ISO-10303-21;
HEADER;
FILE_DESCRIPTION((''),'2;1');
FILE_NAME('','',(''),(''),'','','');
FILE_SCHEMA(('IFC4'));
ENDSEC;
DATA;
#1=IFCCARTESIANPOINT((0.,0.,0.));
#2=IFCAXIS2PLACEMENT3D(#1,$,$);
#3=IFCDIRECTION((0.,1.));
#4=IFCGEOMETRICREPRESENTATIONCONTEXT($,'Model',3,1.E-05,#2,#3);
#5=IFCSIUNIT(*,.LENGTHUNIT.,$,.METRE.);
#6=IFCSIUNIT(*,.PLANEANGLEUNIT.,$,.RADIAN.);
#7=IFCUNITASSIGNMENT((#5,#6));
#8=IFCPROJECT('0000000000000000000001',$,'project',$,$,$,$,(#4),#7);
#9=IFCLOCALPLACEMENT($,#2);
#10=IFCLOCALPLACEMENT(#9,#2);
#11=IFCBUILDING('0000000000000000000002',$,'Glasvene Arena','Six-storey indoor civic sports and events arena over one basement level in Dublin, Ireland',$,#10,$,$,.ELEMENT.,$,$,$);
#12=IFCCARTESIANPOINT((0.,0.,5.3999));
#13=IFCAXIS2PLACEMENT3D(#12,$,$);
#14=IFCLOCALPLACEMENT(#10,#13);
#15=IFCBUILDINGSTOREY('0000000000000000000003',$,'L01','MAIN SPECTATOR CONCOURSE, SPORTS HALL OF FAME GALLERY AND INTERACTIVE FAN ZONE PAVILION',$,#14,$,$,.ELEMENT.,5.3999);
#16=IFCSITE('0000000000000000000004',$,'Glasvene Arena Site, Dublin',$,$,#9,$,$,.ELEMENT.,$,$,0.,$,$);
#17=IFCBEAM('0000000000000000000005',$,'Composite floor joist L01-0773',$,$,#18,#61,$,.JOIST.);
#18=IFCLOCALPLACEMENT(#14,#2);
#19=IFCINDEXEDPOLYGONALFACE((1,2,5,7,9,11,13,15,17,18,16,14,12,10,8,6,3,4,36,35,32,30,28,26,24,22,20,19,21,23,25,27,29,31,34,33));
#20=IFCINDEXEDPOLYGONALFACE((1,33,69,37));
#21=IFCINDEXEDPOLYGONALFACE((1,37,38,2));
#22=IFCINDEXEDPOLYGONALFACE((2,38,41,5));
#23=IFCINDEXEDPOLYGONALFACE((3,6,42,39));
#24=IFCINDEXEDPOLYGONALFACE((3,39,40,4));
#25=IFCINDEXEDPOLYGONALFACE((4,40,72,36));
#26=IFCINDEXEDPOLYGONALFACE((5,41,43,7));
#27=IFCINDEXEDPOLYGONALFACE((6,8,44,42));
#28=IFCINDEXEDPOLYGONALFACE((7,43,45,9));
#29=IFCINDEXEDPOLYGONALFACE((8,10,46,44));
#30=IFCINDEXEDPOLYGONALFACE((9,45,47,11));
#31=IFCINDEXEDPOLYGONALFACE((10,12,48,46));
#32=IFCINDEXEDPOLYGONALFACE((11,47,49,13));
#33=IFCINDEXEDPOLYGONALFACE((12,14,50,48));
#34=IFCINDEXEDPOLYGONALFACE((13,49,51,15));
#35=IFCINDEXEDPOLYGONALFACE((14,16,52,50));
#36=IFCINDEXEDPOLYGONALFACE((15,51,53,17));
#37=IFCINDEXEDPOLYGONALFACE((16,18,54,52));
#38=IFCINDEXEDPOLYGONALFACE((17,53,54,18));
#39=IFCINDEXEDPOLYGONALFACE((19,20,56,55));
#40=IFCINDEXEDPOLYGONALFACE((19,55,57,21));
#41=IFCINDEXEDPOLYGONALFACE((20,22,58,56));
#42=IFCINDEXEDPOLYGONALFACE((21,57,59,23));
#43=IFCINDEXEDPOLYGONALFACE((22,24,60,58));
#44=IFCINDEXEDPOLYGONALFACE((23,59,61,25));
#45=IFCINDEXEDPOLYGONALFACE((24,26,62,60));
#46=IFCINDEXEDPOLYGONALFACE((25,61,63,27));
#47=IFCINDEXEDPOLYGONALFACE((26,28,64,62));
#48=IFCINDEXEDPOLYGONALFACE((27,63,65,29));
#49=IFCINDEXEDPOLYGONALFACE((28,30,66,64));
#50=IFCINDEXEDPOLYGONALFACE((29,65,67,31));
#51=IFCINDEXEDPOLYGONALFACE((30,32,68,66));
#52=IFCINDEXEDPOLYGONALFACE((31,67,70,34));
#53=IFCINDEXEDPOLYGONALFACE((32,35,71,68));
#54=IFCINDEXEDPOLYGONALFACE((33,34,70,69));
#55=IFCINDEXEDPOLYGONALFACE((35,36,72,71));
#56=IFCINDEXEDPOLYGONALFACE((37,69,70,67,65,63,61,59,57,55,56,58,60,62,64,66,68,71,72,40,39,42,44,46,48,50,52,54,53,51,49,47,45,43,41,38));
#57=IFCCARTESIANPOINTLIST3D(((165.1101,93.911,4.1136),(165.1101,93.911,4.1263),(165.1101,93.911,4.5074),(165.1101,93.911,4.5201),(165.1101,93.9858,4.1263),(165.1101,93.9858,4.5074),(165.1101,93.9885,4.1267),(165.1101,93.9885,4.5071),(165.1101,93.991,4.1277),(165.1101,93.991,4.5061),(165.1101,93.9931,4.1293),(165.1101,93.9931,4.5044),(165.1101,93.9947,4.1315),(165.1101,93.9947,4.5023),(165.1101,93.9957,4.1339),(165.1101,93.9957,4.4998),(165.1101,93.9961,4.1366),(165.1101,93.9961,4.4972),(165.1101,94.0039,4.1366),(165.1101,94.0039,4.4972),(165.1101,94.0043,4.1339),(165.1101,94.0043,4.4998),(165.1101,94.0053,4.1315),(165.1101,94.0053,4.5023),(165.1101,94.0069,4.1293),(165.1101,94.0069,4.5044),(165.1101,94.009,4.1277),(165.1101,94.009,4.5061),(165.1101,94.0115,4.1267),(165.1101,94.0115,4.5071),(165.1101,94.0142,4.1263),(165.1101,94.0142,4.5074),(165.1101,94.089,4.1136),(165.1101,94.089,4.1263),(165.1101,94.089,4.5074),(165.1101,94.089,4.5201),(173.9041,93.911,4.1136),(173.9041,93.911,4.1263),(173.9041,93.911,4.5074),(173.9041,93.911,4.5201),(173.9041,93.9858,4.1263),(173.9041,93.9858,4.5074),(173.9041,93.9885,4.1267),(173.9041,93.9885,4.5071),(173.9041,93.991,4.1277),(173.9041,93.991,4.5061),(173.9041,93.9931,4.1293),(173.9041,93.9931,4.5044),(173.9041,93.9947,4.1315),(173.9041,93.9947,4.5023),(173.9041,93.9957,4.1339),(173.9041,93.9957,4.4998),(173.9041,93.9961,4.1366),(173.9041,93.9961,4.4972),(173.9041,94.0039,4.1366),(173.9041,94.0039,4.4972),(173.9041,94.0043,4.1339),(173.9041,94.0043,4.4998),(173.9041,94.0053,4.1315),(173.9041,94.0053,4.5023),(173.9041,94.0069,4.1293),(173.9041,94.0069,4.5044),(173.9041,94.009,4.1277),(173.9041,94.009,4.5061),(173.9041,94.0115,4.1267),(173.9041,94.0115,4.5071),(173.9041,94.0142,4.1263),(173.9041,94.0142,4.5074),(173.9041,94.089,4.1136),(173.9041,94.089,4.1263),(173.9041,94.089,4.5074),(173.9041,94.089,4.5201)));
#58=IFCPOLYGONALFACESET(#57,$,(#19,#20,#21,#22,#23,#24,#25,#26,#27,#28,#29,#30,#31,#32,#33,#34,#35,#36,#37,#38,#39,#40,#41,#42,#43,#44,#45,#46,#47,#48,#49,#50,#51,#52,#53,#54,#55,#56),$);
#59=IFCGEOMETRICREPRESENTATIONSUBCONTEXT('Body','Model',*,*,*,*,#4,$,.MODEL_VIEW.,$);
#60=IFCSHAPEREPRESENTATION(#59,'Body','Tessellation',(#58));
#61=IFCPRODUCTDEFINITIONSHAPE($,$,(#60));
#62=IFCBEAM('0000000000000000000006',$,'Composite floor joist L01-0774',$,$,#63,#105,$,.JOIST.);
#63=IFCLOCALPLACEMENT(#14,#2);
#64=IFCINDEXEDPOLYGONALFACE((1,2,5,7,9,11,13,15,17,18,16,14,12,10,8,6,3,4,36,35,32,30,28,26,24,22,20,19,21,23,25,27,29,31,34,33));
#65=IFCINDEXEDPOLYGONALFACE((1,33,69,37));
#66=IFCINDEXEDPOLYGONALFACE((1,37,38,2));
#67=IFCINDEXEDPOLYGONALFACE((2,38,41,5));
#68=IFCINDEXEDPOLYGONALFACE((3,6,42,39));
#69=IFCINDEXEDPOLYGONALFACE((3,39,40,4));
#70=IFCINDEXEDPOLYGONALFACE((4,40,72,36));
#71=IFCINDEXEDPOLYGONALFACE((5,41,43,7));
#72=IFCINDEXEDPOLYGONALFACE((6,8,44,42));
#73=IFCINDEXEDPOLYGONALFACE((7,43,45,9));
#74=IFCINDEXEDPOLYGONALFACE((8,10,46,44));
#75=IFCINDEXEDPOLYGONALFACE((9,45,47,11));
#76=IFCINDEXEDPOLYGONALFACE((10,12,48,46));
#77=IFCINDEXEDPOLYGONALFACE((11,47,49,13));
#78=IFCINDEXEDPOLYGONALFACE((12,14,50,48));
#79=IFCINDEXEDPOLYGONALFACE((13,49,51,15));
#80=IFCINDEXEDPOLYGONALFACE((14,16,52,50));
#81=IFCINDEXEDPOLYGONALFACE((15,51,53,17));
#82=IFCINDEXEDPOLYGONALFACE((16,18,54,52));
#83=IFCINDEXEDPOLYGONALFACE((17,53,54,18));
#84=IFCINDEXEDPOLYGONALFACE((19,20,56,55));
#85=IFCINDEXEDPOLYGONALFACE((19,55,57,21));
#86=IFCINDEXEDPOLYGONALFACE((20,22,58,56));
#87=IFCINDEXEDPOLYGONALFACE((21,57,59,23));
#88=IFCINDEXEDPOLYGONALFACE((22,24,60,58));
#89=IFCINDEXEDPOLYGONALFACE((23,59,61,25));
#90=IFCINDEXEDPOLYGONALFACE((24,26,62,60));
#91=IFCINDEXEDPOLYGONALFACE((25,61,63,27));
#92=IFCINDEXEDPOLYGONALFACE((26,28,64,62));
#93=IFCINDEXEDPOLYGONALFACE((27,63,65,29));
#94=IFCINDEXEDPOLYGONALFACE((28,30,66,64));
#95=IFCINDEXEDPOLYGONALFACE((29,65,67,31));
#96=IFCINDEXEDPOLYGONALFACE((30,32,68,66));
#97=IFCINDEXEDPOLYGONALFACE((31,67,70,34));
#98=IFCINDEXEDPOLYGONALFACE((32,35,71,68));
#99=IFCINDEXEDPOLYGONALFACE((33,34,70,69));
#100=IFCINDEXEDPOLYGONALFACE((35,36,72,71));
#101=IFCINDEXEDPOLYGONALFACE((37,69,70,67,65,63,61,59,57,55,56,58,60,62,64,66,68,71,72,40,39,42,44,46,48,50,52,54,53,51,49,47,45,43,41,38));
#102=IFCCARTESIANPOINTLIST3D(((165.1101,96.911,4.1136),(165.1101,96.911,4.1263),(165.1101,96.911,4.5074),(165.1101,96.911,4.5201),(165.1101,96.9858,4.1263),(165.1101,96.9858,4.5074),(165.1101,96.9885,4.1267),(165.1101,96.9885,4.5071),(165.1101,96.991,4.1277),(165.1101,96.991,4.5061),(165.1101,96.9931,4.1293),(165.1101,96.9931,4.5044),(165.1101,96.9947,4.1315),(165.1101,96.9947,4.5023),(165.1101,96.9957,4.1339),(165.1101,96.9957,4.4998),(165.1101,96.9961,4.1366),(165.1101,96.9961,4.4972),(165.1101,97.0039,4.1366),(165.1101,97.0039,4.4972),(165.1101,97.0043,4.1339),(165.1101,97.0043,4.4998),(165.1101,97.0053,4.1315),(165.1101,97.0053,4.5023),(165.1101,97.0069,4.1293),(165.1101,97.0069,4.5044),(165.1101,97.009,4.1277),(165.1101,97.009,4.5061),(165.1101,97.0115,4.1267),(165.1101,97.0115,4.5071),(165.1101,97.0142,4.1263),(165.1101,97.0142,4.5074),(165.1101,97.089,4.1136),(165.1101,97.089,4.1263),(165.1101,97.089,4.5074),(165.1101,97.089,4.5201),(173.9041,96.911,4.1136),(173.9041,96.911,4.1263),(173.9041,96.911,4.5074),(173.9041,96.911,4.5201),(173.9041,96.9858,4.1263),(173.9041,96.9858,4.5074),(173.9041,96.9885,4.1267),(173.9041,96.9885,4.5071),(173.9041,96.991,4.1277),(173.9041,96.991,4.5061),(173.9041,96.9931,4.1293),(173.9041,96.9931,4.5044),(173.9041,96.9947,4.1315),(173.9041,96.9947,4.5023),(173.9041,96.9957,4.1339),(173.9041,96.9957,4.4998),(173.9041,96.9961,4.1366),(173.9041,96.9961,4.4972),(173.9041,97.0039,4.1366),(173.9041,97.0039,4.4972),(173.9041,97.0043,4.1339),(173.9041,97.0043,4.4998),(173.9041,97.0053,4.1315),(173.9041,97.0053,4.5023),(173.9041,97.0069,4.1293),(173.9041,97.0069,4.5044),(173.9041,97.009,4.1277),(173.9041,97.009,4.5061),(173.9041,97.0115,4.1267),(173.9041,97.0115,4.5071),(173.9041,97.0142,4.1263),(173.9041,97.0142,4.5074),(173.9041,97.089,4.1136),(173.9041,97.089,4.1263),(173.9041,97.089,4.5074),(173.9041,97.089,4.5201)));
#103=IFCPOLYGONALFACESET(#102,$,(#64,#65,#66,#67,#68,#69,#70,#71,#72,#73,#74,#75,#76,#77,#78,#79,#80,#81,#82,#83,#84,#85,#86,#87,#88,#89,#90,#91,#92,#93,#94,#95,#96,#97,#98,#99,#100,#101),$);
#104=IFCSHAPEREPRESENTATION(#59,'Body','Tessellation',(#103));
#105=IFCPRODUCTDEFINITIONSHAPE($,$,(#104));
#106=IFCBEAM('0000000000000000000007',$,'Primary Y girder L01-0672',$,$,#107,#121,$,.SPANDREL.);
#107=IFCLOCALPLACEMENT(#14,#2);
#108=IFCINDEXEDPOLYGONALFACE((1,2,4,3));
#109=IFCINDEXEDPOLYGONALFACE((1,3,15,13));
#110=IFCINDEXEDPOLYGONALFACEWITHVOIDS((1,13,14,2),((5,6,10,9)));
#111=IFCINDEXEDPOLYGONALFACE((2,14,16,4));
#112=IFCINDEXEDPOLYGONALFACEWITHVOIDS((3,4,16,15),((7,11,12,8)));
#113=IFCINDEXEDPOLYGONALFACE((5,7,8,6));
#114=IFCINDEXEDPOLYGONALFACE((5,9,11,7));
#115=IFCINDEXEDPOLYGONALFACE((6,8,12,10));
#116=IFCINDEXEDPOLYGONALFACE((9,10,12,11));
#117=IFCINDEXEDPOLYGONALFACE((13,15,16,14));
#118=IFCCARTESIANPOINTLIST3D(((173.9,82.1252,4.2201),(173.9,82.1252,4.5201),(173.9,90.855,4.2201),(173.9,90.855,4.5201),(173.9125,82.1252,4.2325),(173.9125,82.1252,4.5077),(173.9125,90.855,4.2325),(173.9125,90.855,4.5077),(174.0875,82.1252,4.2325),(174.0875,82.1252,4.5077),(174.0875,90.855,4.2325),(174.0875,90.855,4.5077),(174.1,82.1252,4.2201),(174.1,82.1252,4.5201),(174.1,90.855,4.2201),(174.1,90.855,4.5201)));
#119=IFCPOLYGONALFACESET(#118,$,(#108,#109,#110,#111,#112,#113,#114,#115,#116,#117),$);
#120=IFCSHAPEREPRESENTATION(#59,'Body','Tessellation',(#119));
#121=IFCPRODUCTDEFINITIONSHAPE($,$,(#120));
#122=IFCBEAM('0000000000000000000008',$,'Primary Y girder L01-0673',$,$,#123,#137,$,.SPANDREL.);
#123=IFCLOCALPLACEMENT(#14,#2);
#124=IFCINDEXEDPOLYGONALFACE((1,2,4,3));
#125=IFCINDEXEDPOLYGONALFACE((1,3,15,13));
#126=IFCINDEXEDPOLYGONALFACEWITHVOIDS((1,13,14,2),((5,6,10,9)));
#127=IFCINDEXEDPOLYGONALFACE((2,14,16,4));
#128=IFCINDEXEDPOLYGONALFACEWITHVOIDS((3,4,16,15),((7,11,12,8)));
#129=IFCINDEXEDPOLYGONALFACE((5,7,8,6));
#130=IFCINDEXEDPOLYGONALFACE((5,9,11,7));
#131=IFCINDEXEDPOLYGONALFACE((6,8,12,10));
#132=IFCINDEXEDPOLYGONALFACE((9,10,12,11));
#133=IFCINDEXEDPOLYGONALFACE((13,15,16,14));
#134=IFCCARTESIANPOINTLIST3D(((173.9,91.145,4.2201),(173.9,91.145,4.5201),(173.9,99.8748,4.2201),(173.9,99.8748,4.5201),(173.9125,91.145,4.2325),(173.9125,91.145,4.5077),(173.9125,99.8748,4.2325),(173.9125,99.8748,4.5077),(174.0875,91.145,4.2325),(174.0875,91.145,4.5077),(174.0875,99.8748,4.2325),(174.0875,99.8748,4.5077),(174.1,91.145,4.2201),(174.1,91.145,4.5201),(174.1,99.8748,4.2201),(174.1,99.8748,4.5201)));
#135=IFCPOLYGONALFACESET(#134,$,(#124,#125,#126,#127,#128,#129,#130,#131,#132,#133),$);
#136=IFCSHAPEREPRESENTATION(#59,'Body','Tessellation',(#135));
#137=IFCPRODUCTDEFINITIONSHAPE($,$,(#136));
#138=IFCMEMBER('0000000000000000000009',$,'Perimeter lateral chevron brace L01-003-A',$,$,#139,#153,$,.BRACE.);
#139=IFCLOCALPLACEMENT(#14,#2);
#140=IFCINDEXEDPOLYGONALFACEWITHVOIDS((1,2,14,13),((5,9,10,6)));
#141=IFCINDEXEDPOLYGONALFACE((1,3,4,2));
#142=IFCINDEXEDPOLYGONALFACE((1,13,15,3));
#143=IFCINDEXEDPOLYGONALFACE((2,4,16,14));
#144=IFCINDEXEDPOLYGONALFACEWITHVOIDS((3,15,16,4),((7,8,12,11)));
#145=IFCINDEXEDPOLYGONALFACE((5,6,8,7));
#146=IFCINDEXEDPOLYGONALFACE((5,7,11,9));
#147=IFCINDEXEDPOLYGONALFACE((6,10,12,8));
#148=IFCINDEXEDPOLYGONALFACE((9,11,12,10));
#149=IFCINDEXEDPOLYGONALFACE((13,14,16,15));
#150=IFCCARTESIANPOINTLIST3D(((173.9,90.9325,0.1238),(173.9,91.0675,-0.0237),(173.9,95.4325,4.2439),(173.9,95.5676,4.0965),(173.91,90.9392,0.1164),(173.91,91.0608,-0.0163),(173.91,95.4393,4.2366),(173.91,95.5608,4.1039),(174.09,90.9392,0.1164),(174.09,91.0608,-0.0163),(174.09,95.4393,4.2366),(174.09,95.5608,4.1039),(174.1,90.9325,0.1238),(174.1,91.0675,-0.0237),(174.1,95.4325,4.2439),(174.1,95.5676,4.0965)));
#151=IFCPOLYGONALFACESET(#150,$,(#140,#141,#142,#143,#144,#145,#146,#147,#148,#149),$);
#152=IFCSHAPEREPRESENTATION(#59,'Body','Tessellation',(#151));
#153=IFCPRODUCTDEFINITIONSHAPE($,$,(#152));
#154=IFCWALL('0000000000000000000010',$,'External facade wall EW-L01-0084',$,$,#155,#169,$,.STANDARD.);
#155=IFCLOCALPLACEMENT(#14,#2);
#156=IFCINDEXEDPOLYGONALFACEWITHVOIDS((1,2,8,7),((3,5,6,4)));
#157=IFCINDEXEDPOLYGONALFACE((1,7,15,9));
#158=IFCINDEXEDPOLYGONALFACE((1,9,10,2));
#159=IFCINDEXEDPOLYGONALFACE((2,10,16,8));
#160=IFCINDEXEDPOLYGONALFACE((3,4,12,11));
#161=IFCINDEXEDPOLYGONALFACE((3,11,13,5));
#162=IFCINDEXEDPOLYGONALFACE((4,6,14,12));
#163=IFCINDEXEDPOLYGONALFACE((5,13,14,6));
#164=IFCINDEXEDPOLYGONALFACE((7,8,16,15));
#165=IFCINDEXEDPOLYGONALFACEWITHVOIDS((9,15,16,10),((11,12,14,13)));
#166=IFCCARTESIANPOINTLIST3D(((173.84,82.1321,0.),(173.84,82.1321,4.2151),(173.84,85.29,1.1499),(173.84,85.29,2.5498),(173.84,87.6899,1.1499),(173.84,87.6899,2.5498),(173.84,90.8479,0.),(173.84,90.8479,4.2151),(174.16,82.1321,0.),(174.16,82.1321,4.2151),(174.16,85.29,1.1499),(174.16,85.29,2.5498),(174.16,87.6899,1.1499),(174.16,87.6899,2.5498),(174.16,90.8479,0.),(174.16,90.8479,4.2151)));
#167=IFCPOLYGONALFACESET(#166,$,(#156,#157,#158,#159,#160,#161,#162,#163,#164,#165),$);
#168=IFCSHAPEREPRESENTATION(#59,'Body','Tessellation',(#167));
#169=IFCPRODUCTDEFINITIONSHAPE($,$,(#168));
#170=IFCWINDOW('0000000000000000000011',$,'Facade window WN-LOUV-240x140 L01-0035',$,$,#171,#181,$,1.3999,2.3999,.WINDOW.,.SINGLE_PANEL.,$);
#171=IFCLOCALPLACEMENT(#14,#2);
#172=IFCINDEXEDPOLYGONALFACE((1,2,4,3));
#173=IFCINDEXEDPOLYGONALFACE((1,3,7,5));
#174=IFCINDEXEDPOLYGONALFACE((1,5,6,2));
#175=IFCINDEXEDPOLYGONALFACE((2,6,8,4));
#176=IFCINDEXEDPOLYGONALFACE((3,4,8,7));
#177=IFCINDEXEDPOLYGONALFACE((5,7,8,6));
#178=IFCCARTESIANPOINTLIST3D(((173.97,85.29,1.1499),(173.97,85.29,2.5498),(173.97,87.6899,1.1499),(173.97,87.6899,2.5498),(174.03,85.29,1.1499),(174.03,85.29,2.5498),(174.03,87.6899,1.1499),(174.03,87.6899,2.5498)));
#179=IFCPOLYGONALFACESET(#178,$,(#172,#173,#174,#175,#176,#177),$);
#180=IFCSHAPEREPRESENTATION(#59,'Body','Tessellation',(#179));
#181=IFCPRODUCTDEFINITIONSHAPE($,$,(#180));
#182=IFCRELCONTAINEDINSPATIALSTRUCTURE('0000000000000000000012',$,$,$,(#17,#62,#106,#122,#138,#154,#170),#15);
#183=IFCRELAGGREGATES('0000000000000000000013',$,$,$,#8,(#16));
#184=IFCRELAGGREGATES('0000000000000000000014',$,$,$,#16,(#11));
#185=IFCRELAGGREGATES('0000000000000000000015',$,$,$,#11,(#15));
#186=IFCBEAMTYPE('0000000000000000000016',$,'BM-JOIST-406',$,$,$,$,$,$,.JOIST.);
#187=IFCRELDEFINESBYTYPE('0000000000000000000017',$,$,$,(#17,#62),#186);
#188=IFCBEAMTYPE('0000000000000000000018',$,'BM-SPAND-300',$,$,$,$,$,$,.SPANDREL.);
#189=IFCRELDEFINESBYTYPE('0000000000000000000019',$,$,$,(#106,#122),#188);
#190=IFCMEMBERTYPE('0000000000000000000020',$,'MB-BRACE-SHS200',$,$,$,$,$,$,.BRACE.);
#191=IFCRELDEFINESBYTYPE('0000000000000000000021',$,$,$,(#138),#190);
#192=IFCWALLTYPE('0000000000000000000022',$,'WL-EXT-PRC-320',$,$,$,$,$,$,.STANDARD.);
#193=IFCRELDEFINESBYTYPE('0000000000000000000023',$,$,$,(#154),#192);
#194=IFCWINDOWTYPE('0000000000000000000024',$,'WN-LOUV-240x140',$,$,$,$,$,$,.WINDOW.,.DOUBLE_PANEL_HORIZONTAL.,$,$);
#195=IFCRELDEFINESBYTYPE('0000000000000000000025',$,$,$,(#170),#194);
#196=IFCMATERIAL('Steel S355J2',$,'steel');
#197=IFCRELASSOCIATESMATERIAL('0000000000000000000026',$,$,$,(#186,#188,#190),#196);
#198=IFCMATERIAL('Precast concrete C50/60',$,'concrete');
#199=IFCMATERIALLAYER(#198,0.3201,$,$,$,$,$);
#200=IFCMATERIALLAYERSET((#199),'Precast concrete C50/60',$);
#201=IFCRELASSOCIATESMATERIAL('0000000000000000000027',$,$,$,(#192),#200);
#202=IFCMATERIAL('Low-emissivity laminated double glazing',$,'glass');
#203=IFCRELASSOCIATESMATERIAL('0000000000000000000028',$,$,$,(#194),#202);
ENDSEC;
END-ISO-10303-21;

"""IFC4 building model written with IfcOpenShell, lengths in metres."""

from ifc_helpers import new_model, si_unit, direction, frame, frame_2d, origin, origin_2d, place, context, subcontext, project, spatial, rectangle, hollow_rectangle, i_section, extrude, material, layer, layer_set, material_profile, profile_set, type_object, element, fill, save


model = new_model("IFC4")

# Units and contexts
model_context = context("Model", 3, precision=1e-05, world=origin(), true_north=direction((0.0, 1.0)))
body_context = subcontext(model_context, "Body", "Model", "MODEL_VIEW")
ifc_project = project(units=[si_unit("LENGTHUNIT", "METRE"), si_unit("PLANEANGLEUNIT", "RADIAN")], contexts=[model_context])

# Site, building, storey
site_placement = place(None, origin())
site = spatial("IfcSite", under=ifc_project, at=site_placement, Name="Glasvene Arena Site, Dublin", CompositionType="ELEMENT", RefElevation=0.0)
building_placement = place(site_placement, origin())
building = spatial("IfcBuilding", under=site, at=building_placement, Name="Glasvene Arena", Description="Six-storey indoor civic sports and events arena over one basement level in Dublin, Ireland", CompositionType="ELEMENT")
storey_placement = place(building_placement, frame((0.0, 0.0, 5.3999)))
storey = spatial("IfcBuildingStorey", under=building, at=storey_placement, Name="L01", Description="MAIN SPECTATOR CONCOURSE, SPORTS HALL OF FAME GALLERY AND INTERACTIVE FAN ZONE PAVILION", CompositionType="ELEMENT", Elevation=5.3999)

# Shared definitions
ifc_material_1 = material(Name="Steel S355J2", Category="steel")

# Beams
ifc_material_profile_1 = material_profile(ifc_material_1, i_section(OverallWidth=0.178, OverallDepth=0.4065, WebThickness=0.0078, FlangeThickness=0.0127, FilletRadius=0.0103, at=origin_2d()), Name="UKB 406x178x60")
ifc_profile_set_1 = profile_set([ifc_material_profile_1], Name="Steel S355J2")
beam_type_1 = type_object("IfcBeamType", Name="BM-JOIST-406", PredefinedType="JOIST", material=ifc_profile_set_1)
for number, where, z_axis, x_axis, name in (
    (1, (165.1101, 94.0, 4.3169), (1.0, 0.0, 0.0), (0.0, 1.0, 0.0), "Composite floor joist L01-0773"),
    (2, (165.1101, 97.0, 4.3169), (1.0, 0.0, 0.0), (0.0, 1.0, 0.0), "Composite floor joist L01-0774"),
):
    element("IfcBeam", number, at=place(storey_placement, frame(where, z_axis=z_axis, x_axis=x_axis)), inside=storey, type_object=beam_type_1, Name=name, PredefinedType="JOIST", context=body_context, shape_type="SweptSolid", body=[
        extrude(i_section(OverallWidth=0.178, OverallDepth=0.4065, WebThickness=0.0078, FlangeThickness=0.0127, FilletRadius=0.0103, at=origin_2d()), origin(), (0.0, 0.0, 1.0), 8.7939),
    ])
ifc_material_profile_2 = material_profile(ifc_material_1, hollow_rectangle(XDim=0.2, YDim=0.3, WallThickness=0.0125, at=origin_2d()), Name="RHS 300x200x12.5")
ifc_profile_set_2 = profile_set([ifc_material_profile_2], Name="Steel S355J2")
beam_type_2 = type_object("IfcBeamType", Name="BM-SPAND-300", PredefinedType="SPANDREL", material=ifc_profile_set_2)
for number, where, z_axis, x_axis, name in (
    (3, (174.0, 82.1252, 4.3701), (0.0, 1.0, 0.0), (-1.0, 0.0, 0.0), "Primary Y girder L01-0672"),
    (4, (174.0, 91.145, 4.3701), (0.0, 1.0, 0.0), (-1.0, 0.0, 0.0), "Primary Y girder L01-0673"),
):
    element("IfcBeam", number, at=place(storey_placement, frame(where, z_axis=z_axis, x_axis=x_axis)), inside=storey, type_object=beam_type_2, Name=name, PredefinedType="SPANDREL", context=body_context, shape_type="SweptSolid", body=[
        extrude(hollow_rectangle(XDim=0.2, YDim=0.3, WallThickness=0.0125, at=origin_2d()), origin(), (0.0, 0.0, 1.0), 8.7297),
    ])

# Member
ifc_material_profile_3 = material_profile(ifc_material_1, hollow_rectangle(XDim=0.2, YDim=0.2, WallThickness=0.01, at=origin_2d()), Name="SHS 200x200x10.0")
ifc_profile_set_3 = profile_set([ifc_material_profile_3], Name="Steel S355J2")
member_type = type_object("IfcMemberType", Name="MB-BRACE-SHS200", PredefinedType="BRACE", material=ifc_profile_set_3)
member_placement = place(storey_placement, frame((174.0, 91.0, 0.05), z_axis=(0.0, 0.737553, 0.67529), x_axis=(-1.0, 0.0, 0.0)))
element("IfcMember", 5, at=member_placement, inside=storey, type_object=member_type, Name="Perimeter lateral chevron brace L01-003-A", PredefinedType="BRACE", context=body_context, shape_type="SweptSolid", body=[
    extrude(hollow_rectangle(XDim=0.2, YDim=0.2, WallThickness=0.01, at=origin_2d()), origin(), (0.0, 0.0, 1.0), 6.1013),
])

# Wall, opening, window
ifc_material_2 = material(Name="Precast concrete C50/60", Category="concrete")
ifc_layer_1 = layer(ifc_material_2, 0.3201)
ifc_layer_set_1 = layer_set([ifc_layer_1], Name="Precast concrete C50/60")
wall_type_1 = type_object("IfcWallType", Name="WL-EXT-PRC-320", PredefinedType="STANDARD", material=ifc_layer_set_1)
wall_1_placement = place(storey_placement, frame((174.0, 90.8479, 0.0), z_axis=(0.0, 0.0, 1.0), x_axis=(0.0, -1.0, 0.0)))
wall_1 = element("IfcWall", 6, at=wall_1_placement, inside=storey, type_object=wall_type_1, Name="External facade wall EW-L01-0084", PredefinedType="STANDARD", context=body_context, shape_type="SweptSolid", body=[
    extrude(rectangle(XDim=8.7158, YDim=0.3201, at=frame_2d((4.3579, 0.0))), origin(), (0.0, 0.0, 1.0), 4.2151),
])
opening_1_placement = place(wall_1_placement, frame((3.158, 0.0, 1.1499)))
opening_1 = element("IfcOpeningElement", 7, at=opening_1_placement, cuts=wall_1, PredefinedType="OPENING", context=body_context, shape_type="SweptSolid", body=[
    extrude(rectangle(XDim=2.3999, YDim=1.3999, at=frame_2d((1.2, 0.7))), frame((0.0, 0.1699, 0.0), z_axis=(0.0, -1.0, 0.0), x_axis=(1.0, 0.0, 0.0)), (0.0, 0.0, 1.0), 0.3401),
])
ifc_material_3 = material(Name="Low-emissivity laminated double glazing", Category="glass")
window_type = type_object("IfcWindowType", Name="WN-LOUV-240x140", PartitioningType="DOUBLE_PANEL_HORIZONTAL", PredefinedType="WINDOW", material=ifc_material_3)
window_1_placement = place(opening_1_placement, origin())
window_1 = element("IfcWindow", 8, at=window_1_placement, inside=storey, type_object=window_type, Name="Facade window WN-LOUV-240x140 L01-0035", OverallHeight=1.3999, OverallWidth=2.3999, PartitioningType="SINGLE_PANEL", PredefinedType="WINDOW", context=body_context, shape_type="SweptSolid", body=[
    extrude(rectangle(XDim=2.3999, YDim=1.3999, at=frame_2d((1.2, 0.7))), frame((0.0, 0.03, 0.0), z_axis=(0.0, -1.0, 0.0), x_axis=(1.0, 0.0, 0.0)), (0.0, 0.0, 1.0), 0.0601),
])
fill(opening_1, window_1)

save(model, "model.ifc")
